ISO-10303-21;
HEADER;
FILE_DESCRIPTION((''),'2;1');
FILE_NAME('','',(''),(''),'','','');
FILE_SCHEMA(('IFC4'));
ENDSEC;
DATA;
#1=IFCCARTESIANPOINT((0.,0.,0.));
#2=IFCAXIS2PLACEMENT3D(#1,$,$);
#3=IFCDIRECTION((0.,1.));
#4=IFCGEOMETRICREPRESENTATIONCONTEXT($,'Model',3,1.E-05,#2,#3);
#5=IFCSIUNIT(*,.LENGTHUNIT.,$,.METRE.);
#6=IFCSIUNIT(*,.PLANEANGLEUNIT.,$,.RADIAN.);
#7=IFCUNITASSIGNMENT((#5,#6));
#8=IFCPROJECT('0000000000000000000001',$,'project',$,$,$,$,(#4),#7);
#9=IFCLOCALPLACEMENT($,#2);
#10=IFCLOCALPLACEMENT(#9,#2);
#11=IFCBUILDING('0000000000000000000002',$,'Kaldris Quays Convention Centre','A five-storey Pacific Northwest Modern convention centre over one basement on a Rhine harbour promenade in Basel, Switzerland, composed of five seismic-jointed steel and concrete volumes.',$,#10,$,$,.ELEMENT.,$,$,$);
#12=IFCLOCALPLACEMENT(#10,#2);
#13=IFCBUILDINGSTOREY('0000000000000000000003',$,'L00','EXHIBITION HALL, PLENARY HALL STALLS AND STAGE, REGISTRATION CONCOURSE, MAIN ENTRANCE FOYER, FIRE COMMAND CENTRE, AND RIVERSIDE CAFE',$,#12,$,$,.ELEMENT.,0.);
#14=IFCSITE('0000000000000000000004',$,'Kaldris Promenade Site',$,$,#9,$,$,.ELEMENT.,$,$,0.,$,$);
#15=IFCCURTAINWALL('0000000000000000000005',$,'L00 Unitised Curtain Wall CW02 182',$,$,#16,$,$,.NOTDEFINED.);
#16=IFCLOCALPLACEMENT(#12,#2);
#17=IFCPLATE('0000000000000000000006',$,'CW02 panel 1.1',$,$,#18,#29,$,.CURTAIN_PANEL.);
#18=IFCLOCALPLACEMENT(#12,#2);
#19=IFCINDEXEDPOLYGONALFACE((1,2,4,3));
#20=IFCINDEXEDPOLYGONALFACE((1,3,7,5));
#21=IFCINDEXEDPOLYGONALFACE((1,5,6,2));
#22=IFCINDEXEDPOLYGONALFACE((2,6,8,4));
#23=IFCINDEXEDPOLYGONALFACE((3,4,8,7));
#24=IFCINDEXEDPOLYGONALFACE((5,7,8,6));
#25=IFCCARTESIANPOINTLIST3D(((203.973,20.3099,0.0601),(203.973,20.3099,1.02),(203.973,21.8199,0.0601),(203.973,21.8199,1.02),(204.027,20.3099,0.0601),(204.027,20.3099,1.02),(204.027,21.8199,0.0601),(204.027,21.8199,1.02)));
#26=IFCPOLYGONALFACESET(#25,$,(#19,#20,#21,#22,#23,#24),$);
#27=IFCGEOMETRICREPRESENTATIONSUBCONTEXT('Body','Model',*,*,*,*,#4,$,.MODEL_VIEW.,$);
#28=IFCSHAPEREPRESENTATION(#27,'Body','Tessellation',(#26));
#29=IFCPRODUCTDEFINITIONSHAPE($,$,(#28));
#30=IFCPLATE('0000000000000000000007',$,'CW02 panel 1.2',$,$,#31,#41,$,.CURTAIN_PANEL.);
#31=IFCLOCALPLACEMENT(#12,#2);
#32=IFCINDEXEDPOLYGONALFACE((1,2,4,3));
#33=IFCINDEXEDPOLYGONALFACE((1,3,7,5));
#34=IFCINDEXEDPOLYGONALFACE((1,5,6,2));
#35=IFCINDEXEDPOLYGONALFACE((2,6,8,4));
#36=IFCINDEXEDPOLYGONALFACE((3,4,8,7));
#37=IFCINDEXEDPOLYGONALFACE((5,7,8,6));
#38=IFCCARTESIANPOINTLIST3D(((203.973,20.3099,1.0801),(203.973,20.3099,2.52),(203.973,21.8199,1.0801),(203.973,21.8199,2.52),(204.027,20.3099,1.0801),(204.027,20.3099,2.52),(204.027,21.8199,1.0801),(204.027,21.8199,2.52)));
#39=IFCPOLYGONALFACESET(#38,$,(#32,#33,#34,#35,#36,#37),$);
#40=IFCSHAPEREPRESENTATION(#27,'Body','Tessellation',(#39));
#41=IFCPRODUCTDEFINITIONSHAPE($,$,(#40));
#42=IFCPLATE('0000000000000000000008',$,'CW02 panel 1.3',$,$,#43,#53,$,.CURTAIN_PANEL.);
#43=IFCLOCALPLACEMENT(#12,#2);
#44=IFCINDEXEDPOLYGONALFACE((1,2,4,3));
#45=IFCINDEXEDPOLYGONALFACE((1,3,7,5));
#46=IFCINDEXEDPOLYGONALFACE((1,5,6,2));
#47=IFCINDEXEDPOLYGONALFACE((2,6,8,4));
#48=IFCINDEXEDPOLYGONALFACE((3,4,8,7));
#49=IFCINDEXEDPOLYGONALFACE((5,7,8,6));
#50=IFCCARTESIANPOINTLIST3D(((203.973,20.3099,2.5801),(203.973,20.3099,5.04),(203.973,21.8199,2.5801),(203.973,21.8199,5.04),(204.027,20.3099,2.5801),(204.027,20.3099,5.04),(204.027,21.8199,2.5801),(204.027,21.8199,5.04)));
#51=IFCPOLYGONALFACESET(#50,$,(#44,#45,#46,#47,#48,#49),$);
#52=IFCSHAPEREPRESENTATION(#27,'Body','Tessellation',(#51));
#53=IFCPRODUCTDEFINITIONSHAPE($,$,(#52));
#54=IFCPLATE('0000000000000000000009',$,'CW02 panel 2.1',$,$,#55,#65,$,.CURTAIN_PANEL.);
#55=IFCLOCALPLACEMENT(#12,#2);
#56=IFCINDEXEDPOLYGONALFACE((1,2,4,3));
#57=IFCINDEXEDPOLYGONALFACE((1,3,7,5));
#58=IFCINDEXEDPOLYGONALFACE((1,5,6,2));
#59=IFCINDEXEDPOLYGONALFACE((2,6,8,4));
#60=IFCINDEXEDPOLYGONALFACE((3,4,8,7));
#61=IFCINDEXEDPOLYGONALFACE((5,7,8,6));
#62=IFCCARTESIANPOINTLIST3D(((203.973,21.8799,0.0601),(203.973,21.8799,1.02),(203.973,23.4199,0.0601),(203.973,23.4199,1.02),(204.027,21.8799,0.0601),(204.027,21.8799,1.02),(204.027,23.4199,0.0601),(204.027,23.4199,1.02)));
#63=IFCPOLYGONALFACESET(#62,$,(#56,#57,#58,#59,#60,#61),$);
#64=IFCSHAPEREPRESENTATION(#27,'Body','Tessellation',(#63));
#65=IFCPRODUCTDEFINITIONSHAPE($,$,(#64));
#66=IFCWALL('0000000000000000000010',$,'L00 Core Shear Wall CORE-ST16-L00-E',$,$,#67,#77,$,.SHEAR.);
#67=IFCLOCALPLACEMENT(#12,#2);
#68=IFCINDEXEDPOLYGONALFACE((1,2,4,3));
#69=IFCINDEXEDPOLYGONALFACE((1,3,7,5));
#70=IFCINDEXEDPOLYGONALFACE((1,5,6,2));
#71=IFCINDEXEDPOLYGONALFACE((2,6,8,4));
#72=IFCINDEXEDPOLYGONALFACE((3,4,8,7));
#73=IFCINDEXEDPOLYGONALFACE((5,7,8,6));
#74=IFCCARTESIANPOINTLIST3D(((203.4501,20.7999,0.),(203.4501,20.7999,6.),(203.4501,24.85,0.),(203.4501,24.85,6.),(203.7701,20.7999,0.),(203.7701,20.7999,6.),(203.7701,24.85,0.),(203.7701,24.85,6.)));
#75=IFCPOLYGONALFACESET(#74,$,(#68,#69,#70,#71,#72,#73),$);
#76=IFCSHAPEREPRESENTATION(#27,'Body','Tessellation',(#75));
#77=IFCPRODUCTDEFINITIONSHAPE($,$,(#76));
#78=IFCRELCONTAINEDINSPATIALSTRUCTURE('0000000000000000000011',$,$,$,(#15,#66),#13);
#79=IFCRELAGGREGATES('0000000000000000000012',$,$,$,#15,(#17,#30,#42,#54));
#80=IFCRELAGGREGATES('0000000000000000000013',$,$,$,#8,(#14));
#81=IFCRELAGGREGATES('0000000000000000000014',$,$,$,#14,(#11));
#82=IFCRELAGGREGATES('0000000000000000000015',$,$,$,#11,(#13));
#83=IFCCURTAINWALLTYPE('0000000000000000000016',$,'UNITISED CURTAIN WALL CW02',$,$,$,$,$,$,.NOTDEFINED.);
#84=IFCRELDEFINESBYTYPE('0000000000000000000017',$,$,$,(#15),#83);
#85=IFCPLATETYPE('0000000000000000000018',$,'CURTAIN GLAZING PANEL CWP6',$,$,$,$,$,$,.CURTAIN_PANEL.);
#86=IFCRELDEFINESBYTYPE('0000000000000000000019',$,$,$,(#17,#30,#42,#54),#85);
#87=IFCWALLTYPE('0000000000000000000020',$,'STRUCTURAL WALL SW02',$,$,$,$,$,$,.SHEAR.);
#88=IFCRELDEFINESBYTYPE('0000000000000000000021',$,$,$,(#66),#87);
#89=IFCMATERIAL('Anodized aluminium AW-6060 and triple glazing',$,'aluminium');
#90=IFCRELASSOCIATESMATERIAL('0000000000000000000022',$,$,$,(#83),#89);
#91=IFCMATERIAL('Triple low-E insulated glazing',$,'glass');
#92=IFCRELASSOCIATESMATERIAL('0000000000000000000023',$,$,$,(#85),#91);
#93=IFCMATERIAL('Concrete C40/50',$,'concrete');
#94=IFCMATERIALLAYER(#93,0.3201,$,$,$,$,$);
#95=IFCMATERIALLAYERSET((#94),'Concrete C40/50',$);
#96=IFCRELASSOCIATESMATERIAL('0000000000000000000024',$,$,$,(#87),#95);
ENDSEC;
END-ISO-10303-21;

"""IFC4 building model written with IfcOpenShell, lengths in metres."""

from ifc_helpers import new_model, si_unit, direction, frame, frame_2d, origin, origin_2d, place, context, subcontext, project, spatial, rectangle, extrude, material, layer, layer_set, type_object, element, aggregate, save


model = new_model("IFC4")

# Units and contexts
model_context = context("Model", 3, precision=1e-05, world=origin(), true_north=direction((0.0, 1.0)))
body_context = subcontext(model_context, "Body", "Model", "MODEL_VIEW")
ifc_project = project(units=[si_unit("LENGTHUNIT", "METRE"), si_unit("PLANEANGLEUNIT", "RADIAN")], contexts=[model_context])

# Site, building, storey
site_placement = place(None, origin())
site = spatial("IfcSite", under=ifc_project, at=site_placement, Name="Kaldris Promenade Site", CompositionType="ELEMENT", RefElevation=0.0)
building_placement = place(site_placement, origin())
building = spatial("IfcBuilding", under=site, at=building_placement, Name="Kaldris Quays Convention Centre", Description="A five-storey Pacific Northwest Modern convention centre over one basement on a Rhine harbour promenade in Basel, Switzerland, composed of five seismic-jointed steel and concrete volumes.", CompositionType="ELEMENT")
storey_placement = place(building_placement, origin())
storey = spatial("IfcBuildingStorey", under=building, at=storey_placement, Name="L00", Description="EXHIBITION HALL, PLENARY HALL STALLS AND STAGE, REGISTRATION CONCOURSE, MAIN ENTRANCE FOYER, FIRE COMMAND CENTRE, AND RIVERSIDE CAFE", CompositionType="ELEMENT", Elevation=0.0)

# Shared definitions
ifc_material_1 = material(Name="Anodized aluminium AW-6060 and triple glazing", Category="aluminium")

# Curtain wall
curtain_wall_type_1 = type_object("IfcCurtainWallType", Name="UNITISED CURTAIN WALL CW02", PredefinedType="NOTDEFINED", material=ifc_material_1)
curtain_wall_1_placement = place(storey_placement, origin())
curtain_wall_1 = element("IfcCurtainWall", 1, at=curtain_wall_1_placement, inside=storey, type_object=curtain_wall_type_1, Name="L00 Unitised Curtain Wall CW02 182", PredefinedType="NOTDEFINED")

# Plates
ifc_material_2 = material(Name="Triple low-E insulated glazing", Category="glass")
plate_type_1 = type_object("IfcPlateType", Name="CURTAIN GLAZING PANEL CWP6", PredefinedType="CURTAIN_PANEL", material=ifc_material_2)
plate_1_placement = place(storey_placement, frame((204.0, 21.0649, 0.0601), z_axis=(0.0, 0.0, 1.0), x_axis=(0.0, 1.0, 0.0)))
plate_1 = element("IfcPlate", 2, at=plate_1_placement, type_object=plate_type_1, Name="CW02 panel 1.1", PredefinedType="CURTAIN_PANEL", context=body_context, shape_type="SweptSolid", body=[
    extrude(rectangle(XDim=1.51, YDim=0.054, at=origin_2d()), origin(), (0.0, 0.0, 1.0), 0.96),
])
plate_2_placement = place(storey_placement, frame((204.0, 21.0649, 1.0801), z_axis=(0.0, 0.0, 1.0), x_axis=(0.0, 1.0, 0.0)))
plate_2 = element("IfcPlate", 3, at=plate_2_placement, type_object=plate_type_1, Name="CW02 panel 1.2", PredefinedType="CURTAIN_PANEL", context=body_context, shape_type="SweptSolid", body=[
    extrude(rectangle(XDim=1.51, YDim=0.054, at=origin_2d()), origin(), (0.0, 0.0, 1.0), 1.4399),
])
plate_3_placement = place(storey_placement, frame((204.0, 21.0649, 2.5801), z_axis=(0.0, 0.0, 1.0), x_axis=(0.0, 1.0, 0.0)))
plate_3 = element("IfcPlate", 4, at=plate_3_placement, type_object=plate_type_1, Name="CW02 panel 1.3", PredefinedType="CURTAIN_PANEL", context=body_context, shape_type="SweptSolid", body=[
    extrude(rectangle(XDim=1.51, YDim=0.054, at=origin_2d()), origin(), (0.0, 0.0, 1.0), 2.46),
])
plate_4_placement = place(storey_placement, frame((204.0, 22.6499, 0.0601), z_axis=(0.0, 0.0, 1.0), x_axis=(0.0, 1.0, 0.0)))
plate_4 = element("IfcPlate", 5, at=plate_4_placement, type_object=plate_type_1, Name="CW02 panel 2.1", PredefinedType="CURTAIN_PANEL", context=body_context, shape_type="SweptSolid", body=[
    extrude(rectangle(XDim=1.54, YDim=0.054, at=origin_2d()), origin(), (0.0, 0.0, 1.0), 0.96),
])
aggregate(curtain_wall_1, [plate_1, plate_2, plate_3, plate_4])

# Wall
ifc_material_3 = material(Name="Concrete C40/50", Category="concrete")
ifc_layer = layer(ifc_material_3, 0.3201)
ifc_layer_set = layer_set([ifc_layer], Name="Concrete C40/50")
wall_type = type_object("IfcWallType", Name="STRUCTURAL WALL SW02", PredefinedType="SHEAR", material=ifc_layer_set)
wall_placement = place(storey_placement, frame((203.6101, 20.8, 0.0), z_axis=(0.0, 0.0, 1.0), x_axis=(0.0, 1.0, 0.0)))
element("IfcWall", 6, at=wall_placement, inside=storey, type_object=wall_type, Name="L00 Core Shear Wall CORE-ST16-L00-E", PredefinedType="SHEAR", context=body_context, shape_type="SweptSolid", body=[
    extrude(rectangle(XDim=4.05, YDim=0.3201, at=frame_2d((2.0249, 0.0))), origin(), (0.0, 0.0, 1.0), 6.0),
])

save(model, "model.ifc")
